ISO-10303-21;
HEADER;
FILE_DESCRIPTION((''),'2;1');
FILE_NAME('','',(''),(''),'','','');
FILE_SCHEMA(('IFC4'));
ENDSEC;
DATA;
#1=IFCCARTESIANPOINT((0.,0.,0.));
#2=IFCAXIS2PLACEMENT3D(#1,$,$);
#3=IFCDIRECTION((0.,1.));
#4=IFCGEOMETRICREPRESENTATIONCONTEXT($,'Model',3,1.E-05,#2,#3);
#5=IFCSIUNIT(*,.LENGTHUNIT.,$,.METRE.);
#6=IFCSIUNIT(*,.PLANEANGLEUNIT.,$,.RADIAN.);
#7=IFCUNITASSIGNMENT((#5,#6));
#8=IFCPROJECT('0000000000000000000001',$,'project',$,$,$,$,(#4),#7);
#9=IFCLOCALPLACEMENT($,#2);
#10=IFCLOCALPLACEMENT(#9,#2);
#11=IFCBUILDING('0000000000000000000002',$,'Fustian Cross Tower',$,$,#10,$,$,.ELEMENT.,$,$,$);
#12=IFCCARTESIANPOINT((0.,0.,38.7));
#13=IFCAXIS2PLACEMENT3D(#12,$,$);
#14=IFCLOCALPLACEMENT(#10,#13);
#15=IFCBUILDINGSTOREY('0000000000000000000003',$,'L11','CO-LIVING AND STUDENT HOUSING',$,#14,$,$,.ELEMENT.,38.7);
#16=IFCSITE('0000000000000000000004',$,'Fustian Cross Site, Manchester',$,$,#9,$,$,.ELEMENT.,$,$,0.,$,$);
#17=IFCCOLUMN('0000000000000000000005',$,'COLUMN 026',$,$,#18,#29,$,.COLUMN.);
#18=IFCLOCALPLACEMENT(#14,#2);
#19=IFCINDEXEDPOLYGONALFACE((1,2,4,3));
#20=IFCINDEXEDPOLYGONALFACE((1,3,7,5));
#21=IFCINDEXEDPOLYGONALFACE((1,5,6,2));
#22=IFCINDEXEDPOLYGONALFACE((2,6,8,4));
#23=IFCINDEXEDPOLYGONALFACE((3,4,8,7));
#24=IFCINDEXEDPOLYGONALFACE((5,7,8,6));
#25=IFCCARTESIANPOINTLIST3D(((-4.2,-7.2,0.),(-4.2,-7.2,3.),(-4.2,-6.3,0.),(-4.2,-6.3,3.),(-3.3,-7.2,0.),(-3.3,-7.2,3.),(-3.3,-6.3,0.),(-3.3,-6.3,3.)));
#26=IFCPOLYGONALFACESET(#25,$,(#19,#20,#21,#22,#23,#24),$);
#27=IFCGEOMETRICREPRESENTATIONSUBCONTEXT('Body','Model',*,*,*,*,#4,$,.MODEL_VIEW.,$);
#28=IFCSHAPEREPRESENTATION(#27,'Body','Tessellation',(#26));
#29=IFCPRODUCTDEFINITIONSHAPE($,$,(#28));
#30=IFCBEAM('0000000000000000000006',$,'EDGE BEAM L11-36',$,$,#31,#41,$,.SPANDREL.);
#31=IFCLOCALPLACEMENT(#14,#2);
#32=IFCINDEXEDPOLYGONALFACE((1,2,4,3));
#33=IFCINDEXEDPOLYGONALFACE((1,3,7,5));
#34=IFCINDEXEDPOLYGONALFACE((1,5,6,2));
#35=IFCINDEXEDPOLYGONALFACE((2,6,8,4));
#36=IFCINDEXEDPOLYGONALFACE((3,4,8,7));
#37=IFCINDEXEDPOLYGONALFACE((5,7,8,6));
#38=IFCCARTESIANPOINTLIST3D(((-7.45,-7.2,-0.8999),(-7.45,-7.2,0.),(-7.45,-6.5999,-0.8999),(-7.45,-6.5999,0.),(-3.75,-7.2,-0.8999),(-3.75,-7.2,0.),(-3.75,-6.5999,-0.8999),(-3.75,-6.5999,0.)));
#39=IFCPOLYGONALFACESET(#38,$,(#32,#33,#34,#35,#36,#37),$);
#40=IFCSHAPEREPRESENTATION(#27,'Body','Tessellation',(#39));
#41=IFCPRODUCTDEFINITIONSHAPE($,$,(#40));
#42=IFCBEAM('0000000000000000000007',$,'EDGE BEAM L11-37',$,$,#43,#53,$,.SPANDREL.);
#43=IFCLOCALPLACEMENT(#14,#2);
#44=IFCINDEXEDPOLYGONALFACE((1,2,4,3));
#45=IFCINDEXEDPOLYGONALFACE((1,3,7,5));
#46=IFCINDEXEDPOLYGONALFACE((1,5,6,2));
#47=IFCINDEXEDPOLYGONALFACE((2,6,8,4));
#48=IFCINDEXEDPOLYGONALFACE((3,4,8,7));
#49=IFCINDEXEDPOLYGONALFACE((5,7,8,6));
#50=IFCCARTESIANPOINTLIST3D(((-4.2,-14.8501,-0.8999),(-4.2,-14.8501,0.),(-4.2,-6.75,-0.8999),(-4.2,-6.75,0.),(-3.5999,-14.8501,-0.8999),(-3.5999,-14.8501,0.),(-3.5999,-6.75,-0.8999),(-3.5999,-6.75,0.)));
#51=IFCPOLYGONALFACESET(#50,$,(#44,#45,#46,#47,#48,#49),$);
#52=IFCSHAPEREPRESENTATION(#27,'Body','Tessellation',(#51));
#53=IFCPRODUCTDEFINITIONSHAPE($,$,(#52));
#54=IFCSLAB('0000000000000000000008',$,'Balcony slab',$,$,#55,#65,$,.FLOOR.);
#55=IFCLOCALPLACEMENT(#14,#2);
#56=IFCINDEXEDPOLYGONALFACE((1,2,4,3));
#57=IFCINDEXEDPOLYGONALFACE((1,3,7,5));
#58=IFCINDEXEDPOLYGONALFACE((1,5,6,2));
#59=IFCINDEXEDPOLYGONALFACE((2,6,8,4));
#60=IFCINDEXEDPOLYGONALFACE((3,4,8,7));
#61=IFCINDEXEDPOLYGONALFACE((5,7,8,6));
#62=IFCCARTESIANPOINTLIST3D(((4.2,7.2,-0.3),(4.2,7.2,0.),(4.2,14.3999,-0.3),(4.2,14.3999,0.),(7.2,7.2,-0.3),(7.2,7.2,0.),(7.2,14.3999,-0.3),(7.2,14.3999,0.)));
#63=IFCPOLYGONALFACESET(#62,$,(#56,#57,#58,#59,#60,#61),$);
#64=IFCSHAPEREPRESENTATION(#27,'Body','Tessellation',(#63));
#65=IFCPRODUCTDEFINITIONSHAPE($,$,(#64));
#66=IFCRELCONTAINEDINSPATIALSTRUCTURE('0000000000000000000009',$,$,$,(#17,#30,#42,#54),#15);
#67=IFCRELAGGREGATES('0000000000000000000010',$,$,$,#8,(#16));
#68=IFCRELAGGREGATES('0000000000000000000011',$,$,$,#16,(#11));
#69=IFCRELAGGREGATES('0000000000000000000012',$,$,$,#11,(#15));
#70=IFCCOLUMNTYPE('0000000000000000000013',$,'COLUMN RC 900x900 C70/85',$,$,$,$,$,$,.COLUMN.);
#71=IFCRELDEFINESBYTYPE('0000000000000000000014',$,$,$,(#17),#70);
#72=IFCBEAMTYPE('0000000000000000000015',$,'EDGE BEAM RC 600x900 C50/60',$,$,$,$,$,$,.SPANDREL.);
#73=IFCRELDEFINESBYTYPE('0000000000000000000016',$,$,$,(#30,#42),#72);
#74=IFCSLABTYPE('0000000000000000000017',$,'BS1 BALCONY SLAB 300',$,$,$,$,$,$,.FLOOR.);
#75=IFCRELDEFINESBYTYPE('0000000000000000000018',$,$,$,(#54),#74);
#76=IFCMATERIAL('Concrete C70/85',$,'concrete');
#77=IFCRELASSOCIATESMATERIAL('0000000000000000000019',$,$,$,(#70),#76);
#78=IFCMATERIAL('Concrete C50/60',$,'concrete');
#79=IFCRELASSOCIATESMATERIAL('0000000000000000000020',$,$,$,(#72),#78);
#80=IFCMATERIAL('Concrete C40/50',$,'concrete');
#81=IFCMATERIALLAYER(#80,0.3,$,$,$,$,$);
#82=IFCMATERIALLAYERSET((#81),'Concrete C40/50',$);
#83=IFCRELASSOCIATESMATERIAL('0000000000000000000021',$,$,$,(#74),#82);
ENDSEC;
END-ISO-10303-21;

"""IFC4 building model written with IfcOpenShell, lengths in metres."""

from ifc_helpers import new_model, si_unit, direction, frame, origin, origin_2d, place, context, subcontext, project, spatial, polyline, rectangle, outline, extrude, material, layer, layer_set, material_profile, profile_set, type_object, element, save


model = new_model("IFC4")

# Units and contexts
model_context = context("Model", 3, precision=1e-05, world=origin(), true_north=direction((0.0, 1.0)))
body_context = subcontext(model_context, "Body", "Model", "MODEL_VIEW")
ifc_project = project(units=[si_unit("LENGTHUNIT", "METRE"), si_unit("PLANEANGLEUNIT", "RADIAN")], contexts=[model_context])

# Site, building, storey
site_placement = place(None, origin())
site = spatial("IfcSite", under=ifc_project, at=site_placement, Name="Fustian Cross Site, Manchester", CompositionType="ELEMENT", RefElevation=0.0)
building_placement = place(site_placement, origin())
building = spatial("IfcBuilding", under=site, at=building_placement, Name="Fustian Cross Tower", CompositionType="ELEMENT")
storey_placement = place(building_placement, frame((0.0, 0.0, 38.7)))
storey = spatial("IfcBuildingStorey", under=building, at=storey_placement, Name="L11", Description="CO-LIVING AND STUDENT HOUSING", CompositionType="ELEMENT", Elevation=38.7)

# Column
ifc_material_1 = material(Name="Concrete C70/85", Category="concrete")
ifc_material_profile_1 = material_profile(ifc_material_1, rectangle(XDim=0.8999, YDim=0.8999, at=origin_2d()), Name="RC 900x900")
ifc_profile_set_1 = profile_set([ifc_material_profile_1], Name="Concrete C70/85")
column_type = type_object("IfcColumnType", Name="COLUMN RC 900x900 C70/85", PredefinedType="COLUMN", material=ifc_profile_set_1)
column_placement = place(storey_placement, frame((-3.75, -6.75, 0.0), z_axis=(0.0, 0.0, 1.0), x_axis=(1.0, 0.0, 0.0)))
element("IfcColumn", 1, at=column_placement, inside=storey, type_object=column_type, Name="COLUMN 026", PredefinedType="COLUMN", context=body_context, shape_type="SweptSolid", body=[
    extrude(rectangle(XDim=0.8999, YDim=0.8999, at=origin_2d()), origin(), (0.0, 0.0, 1.0), 3.0),
])

# Beams
ifc_material_2 = material(Name="Concrete C50/60", Category="concrete")
ifc_material_profile_2 = material_profile(ifc_material_2, rectangle(XDim=0.6001, YDim=0.8999, at=origin_2d()), Name="RC 600x900")
ifc_profile_set_2 = profile_set([ifc_material_profile_2], Name="Concrete C50/60")
beam_type = type_object("IfcBeamType", Name="EDGE BEAM RC 600x900 C50/60", PredefinedType="SPANDREL", material=ifc_profile_set_2)
beam_1_placement = place(storey_placement, frame((-7.45, -6.8999, -0.45), z_axis=(1.0, 0.0, 0.0), x_axis=(0.0, 1.0, 0.0)))
element("IfcBeam", 2, at=beam_1_placement, inside=storey, type_object=beam_type, Name="EDGE BEAM L11-36", PredefinedType="SPANDREL", context=body_context, shape_type="SweptSolid", body=[
    extrude(rectangle(XDim=0.6001, YDim=0.8999, at=origin_2d()), origin(), (0.0, 0.0, 1.0), 3.7),
])
beam_2_placement = place(storey_placement, frame((-3.8999, -6.75, -0.45), z_axis=(0.0, -1.0, 0.0), x_axis=(1.0, 0.0, 0.0)))
element("IfcBeam", 3, at=beam_2_placement, inside=storey, type_object=beam_type, Name="EDGE BEAM L11-37", PredefinedType="SPANDREL", context=body_context, shape_type="SweptSolid", body=[
    extrude(rectangle(XDim=0.6001, YDim=0.8999, at=origin_2d()), origin(), (0.0, 0.0, 1.0), 8.1001),
])

# Slab
ifc_material_3 = material(Name="Concrete C40/50", Category="concrete")
ifc_layer_1 = layer(ifc_material_3, 0.3)
ifc_layer_set_1 = layer_set([ifc_layer_1], Name="Concrete C40/50")
slab_type_1 = type_object("IfcSlabType", Name="BS1 BALCONY SLAB 300", PredefinedType="FLOOR", material=ifc_layer_set_1)
slab_1_placement = place(storey_placement, frame((0.0, 0.0, -0.3)))
element("IfcSlab", 4, at=slab_1_placement, inside=storey, type_object=slab_type_1, Name="Balcony slab", PredefinedType="FLOOR", context=body_context, shape_type="SweptSolid", body=[
    extrude(outline(polyline([(4.2, 7.2), (7.2, 7.2), (7.2, 14.3999), (4.2, 14.3999), (4.2, 7.2)])), origin(), (0.0, 0.0, 1.0), 0.3),
])

save(model, "model.ifc")
